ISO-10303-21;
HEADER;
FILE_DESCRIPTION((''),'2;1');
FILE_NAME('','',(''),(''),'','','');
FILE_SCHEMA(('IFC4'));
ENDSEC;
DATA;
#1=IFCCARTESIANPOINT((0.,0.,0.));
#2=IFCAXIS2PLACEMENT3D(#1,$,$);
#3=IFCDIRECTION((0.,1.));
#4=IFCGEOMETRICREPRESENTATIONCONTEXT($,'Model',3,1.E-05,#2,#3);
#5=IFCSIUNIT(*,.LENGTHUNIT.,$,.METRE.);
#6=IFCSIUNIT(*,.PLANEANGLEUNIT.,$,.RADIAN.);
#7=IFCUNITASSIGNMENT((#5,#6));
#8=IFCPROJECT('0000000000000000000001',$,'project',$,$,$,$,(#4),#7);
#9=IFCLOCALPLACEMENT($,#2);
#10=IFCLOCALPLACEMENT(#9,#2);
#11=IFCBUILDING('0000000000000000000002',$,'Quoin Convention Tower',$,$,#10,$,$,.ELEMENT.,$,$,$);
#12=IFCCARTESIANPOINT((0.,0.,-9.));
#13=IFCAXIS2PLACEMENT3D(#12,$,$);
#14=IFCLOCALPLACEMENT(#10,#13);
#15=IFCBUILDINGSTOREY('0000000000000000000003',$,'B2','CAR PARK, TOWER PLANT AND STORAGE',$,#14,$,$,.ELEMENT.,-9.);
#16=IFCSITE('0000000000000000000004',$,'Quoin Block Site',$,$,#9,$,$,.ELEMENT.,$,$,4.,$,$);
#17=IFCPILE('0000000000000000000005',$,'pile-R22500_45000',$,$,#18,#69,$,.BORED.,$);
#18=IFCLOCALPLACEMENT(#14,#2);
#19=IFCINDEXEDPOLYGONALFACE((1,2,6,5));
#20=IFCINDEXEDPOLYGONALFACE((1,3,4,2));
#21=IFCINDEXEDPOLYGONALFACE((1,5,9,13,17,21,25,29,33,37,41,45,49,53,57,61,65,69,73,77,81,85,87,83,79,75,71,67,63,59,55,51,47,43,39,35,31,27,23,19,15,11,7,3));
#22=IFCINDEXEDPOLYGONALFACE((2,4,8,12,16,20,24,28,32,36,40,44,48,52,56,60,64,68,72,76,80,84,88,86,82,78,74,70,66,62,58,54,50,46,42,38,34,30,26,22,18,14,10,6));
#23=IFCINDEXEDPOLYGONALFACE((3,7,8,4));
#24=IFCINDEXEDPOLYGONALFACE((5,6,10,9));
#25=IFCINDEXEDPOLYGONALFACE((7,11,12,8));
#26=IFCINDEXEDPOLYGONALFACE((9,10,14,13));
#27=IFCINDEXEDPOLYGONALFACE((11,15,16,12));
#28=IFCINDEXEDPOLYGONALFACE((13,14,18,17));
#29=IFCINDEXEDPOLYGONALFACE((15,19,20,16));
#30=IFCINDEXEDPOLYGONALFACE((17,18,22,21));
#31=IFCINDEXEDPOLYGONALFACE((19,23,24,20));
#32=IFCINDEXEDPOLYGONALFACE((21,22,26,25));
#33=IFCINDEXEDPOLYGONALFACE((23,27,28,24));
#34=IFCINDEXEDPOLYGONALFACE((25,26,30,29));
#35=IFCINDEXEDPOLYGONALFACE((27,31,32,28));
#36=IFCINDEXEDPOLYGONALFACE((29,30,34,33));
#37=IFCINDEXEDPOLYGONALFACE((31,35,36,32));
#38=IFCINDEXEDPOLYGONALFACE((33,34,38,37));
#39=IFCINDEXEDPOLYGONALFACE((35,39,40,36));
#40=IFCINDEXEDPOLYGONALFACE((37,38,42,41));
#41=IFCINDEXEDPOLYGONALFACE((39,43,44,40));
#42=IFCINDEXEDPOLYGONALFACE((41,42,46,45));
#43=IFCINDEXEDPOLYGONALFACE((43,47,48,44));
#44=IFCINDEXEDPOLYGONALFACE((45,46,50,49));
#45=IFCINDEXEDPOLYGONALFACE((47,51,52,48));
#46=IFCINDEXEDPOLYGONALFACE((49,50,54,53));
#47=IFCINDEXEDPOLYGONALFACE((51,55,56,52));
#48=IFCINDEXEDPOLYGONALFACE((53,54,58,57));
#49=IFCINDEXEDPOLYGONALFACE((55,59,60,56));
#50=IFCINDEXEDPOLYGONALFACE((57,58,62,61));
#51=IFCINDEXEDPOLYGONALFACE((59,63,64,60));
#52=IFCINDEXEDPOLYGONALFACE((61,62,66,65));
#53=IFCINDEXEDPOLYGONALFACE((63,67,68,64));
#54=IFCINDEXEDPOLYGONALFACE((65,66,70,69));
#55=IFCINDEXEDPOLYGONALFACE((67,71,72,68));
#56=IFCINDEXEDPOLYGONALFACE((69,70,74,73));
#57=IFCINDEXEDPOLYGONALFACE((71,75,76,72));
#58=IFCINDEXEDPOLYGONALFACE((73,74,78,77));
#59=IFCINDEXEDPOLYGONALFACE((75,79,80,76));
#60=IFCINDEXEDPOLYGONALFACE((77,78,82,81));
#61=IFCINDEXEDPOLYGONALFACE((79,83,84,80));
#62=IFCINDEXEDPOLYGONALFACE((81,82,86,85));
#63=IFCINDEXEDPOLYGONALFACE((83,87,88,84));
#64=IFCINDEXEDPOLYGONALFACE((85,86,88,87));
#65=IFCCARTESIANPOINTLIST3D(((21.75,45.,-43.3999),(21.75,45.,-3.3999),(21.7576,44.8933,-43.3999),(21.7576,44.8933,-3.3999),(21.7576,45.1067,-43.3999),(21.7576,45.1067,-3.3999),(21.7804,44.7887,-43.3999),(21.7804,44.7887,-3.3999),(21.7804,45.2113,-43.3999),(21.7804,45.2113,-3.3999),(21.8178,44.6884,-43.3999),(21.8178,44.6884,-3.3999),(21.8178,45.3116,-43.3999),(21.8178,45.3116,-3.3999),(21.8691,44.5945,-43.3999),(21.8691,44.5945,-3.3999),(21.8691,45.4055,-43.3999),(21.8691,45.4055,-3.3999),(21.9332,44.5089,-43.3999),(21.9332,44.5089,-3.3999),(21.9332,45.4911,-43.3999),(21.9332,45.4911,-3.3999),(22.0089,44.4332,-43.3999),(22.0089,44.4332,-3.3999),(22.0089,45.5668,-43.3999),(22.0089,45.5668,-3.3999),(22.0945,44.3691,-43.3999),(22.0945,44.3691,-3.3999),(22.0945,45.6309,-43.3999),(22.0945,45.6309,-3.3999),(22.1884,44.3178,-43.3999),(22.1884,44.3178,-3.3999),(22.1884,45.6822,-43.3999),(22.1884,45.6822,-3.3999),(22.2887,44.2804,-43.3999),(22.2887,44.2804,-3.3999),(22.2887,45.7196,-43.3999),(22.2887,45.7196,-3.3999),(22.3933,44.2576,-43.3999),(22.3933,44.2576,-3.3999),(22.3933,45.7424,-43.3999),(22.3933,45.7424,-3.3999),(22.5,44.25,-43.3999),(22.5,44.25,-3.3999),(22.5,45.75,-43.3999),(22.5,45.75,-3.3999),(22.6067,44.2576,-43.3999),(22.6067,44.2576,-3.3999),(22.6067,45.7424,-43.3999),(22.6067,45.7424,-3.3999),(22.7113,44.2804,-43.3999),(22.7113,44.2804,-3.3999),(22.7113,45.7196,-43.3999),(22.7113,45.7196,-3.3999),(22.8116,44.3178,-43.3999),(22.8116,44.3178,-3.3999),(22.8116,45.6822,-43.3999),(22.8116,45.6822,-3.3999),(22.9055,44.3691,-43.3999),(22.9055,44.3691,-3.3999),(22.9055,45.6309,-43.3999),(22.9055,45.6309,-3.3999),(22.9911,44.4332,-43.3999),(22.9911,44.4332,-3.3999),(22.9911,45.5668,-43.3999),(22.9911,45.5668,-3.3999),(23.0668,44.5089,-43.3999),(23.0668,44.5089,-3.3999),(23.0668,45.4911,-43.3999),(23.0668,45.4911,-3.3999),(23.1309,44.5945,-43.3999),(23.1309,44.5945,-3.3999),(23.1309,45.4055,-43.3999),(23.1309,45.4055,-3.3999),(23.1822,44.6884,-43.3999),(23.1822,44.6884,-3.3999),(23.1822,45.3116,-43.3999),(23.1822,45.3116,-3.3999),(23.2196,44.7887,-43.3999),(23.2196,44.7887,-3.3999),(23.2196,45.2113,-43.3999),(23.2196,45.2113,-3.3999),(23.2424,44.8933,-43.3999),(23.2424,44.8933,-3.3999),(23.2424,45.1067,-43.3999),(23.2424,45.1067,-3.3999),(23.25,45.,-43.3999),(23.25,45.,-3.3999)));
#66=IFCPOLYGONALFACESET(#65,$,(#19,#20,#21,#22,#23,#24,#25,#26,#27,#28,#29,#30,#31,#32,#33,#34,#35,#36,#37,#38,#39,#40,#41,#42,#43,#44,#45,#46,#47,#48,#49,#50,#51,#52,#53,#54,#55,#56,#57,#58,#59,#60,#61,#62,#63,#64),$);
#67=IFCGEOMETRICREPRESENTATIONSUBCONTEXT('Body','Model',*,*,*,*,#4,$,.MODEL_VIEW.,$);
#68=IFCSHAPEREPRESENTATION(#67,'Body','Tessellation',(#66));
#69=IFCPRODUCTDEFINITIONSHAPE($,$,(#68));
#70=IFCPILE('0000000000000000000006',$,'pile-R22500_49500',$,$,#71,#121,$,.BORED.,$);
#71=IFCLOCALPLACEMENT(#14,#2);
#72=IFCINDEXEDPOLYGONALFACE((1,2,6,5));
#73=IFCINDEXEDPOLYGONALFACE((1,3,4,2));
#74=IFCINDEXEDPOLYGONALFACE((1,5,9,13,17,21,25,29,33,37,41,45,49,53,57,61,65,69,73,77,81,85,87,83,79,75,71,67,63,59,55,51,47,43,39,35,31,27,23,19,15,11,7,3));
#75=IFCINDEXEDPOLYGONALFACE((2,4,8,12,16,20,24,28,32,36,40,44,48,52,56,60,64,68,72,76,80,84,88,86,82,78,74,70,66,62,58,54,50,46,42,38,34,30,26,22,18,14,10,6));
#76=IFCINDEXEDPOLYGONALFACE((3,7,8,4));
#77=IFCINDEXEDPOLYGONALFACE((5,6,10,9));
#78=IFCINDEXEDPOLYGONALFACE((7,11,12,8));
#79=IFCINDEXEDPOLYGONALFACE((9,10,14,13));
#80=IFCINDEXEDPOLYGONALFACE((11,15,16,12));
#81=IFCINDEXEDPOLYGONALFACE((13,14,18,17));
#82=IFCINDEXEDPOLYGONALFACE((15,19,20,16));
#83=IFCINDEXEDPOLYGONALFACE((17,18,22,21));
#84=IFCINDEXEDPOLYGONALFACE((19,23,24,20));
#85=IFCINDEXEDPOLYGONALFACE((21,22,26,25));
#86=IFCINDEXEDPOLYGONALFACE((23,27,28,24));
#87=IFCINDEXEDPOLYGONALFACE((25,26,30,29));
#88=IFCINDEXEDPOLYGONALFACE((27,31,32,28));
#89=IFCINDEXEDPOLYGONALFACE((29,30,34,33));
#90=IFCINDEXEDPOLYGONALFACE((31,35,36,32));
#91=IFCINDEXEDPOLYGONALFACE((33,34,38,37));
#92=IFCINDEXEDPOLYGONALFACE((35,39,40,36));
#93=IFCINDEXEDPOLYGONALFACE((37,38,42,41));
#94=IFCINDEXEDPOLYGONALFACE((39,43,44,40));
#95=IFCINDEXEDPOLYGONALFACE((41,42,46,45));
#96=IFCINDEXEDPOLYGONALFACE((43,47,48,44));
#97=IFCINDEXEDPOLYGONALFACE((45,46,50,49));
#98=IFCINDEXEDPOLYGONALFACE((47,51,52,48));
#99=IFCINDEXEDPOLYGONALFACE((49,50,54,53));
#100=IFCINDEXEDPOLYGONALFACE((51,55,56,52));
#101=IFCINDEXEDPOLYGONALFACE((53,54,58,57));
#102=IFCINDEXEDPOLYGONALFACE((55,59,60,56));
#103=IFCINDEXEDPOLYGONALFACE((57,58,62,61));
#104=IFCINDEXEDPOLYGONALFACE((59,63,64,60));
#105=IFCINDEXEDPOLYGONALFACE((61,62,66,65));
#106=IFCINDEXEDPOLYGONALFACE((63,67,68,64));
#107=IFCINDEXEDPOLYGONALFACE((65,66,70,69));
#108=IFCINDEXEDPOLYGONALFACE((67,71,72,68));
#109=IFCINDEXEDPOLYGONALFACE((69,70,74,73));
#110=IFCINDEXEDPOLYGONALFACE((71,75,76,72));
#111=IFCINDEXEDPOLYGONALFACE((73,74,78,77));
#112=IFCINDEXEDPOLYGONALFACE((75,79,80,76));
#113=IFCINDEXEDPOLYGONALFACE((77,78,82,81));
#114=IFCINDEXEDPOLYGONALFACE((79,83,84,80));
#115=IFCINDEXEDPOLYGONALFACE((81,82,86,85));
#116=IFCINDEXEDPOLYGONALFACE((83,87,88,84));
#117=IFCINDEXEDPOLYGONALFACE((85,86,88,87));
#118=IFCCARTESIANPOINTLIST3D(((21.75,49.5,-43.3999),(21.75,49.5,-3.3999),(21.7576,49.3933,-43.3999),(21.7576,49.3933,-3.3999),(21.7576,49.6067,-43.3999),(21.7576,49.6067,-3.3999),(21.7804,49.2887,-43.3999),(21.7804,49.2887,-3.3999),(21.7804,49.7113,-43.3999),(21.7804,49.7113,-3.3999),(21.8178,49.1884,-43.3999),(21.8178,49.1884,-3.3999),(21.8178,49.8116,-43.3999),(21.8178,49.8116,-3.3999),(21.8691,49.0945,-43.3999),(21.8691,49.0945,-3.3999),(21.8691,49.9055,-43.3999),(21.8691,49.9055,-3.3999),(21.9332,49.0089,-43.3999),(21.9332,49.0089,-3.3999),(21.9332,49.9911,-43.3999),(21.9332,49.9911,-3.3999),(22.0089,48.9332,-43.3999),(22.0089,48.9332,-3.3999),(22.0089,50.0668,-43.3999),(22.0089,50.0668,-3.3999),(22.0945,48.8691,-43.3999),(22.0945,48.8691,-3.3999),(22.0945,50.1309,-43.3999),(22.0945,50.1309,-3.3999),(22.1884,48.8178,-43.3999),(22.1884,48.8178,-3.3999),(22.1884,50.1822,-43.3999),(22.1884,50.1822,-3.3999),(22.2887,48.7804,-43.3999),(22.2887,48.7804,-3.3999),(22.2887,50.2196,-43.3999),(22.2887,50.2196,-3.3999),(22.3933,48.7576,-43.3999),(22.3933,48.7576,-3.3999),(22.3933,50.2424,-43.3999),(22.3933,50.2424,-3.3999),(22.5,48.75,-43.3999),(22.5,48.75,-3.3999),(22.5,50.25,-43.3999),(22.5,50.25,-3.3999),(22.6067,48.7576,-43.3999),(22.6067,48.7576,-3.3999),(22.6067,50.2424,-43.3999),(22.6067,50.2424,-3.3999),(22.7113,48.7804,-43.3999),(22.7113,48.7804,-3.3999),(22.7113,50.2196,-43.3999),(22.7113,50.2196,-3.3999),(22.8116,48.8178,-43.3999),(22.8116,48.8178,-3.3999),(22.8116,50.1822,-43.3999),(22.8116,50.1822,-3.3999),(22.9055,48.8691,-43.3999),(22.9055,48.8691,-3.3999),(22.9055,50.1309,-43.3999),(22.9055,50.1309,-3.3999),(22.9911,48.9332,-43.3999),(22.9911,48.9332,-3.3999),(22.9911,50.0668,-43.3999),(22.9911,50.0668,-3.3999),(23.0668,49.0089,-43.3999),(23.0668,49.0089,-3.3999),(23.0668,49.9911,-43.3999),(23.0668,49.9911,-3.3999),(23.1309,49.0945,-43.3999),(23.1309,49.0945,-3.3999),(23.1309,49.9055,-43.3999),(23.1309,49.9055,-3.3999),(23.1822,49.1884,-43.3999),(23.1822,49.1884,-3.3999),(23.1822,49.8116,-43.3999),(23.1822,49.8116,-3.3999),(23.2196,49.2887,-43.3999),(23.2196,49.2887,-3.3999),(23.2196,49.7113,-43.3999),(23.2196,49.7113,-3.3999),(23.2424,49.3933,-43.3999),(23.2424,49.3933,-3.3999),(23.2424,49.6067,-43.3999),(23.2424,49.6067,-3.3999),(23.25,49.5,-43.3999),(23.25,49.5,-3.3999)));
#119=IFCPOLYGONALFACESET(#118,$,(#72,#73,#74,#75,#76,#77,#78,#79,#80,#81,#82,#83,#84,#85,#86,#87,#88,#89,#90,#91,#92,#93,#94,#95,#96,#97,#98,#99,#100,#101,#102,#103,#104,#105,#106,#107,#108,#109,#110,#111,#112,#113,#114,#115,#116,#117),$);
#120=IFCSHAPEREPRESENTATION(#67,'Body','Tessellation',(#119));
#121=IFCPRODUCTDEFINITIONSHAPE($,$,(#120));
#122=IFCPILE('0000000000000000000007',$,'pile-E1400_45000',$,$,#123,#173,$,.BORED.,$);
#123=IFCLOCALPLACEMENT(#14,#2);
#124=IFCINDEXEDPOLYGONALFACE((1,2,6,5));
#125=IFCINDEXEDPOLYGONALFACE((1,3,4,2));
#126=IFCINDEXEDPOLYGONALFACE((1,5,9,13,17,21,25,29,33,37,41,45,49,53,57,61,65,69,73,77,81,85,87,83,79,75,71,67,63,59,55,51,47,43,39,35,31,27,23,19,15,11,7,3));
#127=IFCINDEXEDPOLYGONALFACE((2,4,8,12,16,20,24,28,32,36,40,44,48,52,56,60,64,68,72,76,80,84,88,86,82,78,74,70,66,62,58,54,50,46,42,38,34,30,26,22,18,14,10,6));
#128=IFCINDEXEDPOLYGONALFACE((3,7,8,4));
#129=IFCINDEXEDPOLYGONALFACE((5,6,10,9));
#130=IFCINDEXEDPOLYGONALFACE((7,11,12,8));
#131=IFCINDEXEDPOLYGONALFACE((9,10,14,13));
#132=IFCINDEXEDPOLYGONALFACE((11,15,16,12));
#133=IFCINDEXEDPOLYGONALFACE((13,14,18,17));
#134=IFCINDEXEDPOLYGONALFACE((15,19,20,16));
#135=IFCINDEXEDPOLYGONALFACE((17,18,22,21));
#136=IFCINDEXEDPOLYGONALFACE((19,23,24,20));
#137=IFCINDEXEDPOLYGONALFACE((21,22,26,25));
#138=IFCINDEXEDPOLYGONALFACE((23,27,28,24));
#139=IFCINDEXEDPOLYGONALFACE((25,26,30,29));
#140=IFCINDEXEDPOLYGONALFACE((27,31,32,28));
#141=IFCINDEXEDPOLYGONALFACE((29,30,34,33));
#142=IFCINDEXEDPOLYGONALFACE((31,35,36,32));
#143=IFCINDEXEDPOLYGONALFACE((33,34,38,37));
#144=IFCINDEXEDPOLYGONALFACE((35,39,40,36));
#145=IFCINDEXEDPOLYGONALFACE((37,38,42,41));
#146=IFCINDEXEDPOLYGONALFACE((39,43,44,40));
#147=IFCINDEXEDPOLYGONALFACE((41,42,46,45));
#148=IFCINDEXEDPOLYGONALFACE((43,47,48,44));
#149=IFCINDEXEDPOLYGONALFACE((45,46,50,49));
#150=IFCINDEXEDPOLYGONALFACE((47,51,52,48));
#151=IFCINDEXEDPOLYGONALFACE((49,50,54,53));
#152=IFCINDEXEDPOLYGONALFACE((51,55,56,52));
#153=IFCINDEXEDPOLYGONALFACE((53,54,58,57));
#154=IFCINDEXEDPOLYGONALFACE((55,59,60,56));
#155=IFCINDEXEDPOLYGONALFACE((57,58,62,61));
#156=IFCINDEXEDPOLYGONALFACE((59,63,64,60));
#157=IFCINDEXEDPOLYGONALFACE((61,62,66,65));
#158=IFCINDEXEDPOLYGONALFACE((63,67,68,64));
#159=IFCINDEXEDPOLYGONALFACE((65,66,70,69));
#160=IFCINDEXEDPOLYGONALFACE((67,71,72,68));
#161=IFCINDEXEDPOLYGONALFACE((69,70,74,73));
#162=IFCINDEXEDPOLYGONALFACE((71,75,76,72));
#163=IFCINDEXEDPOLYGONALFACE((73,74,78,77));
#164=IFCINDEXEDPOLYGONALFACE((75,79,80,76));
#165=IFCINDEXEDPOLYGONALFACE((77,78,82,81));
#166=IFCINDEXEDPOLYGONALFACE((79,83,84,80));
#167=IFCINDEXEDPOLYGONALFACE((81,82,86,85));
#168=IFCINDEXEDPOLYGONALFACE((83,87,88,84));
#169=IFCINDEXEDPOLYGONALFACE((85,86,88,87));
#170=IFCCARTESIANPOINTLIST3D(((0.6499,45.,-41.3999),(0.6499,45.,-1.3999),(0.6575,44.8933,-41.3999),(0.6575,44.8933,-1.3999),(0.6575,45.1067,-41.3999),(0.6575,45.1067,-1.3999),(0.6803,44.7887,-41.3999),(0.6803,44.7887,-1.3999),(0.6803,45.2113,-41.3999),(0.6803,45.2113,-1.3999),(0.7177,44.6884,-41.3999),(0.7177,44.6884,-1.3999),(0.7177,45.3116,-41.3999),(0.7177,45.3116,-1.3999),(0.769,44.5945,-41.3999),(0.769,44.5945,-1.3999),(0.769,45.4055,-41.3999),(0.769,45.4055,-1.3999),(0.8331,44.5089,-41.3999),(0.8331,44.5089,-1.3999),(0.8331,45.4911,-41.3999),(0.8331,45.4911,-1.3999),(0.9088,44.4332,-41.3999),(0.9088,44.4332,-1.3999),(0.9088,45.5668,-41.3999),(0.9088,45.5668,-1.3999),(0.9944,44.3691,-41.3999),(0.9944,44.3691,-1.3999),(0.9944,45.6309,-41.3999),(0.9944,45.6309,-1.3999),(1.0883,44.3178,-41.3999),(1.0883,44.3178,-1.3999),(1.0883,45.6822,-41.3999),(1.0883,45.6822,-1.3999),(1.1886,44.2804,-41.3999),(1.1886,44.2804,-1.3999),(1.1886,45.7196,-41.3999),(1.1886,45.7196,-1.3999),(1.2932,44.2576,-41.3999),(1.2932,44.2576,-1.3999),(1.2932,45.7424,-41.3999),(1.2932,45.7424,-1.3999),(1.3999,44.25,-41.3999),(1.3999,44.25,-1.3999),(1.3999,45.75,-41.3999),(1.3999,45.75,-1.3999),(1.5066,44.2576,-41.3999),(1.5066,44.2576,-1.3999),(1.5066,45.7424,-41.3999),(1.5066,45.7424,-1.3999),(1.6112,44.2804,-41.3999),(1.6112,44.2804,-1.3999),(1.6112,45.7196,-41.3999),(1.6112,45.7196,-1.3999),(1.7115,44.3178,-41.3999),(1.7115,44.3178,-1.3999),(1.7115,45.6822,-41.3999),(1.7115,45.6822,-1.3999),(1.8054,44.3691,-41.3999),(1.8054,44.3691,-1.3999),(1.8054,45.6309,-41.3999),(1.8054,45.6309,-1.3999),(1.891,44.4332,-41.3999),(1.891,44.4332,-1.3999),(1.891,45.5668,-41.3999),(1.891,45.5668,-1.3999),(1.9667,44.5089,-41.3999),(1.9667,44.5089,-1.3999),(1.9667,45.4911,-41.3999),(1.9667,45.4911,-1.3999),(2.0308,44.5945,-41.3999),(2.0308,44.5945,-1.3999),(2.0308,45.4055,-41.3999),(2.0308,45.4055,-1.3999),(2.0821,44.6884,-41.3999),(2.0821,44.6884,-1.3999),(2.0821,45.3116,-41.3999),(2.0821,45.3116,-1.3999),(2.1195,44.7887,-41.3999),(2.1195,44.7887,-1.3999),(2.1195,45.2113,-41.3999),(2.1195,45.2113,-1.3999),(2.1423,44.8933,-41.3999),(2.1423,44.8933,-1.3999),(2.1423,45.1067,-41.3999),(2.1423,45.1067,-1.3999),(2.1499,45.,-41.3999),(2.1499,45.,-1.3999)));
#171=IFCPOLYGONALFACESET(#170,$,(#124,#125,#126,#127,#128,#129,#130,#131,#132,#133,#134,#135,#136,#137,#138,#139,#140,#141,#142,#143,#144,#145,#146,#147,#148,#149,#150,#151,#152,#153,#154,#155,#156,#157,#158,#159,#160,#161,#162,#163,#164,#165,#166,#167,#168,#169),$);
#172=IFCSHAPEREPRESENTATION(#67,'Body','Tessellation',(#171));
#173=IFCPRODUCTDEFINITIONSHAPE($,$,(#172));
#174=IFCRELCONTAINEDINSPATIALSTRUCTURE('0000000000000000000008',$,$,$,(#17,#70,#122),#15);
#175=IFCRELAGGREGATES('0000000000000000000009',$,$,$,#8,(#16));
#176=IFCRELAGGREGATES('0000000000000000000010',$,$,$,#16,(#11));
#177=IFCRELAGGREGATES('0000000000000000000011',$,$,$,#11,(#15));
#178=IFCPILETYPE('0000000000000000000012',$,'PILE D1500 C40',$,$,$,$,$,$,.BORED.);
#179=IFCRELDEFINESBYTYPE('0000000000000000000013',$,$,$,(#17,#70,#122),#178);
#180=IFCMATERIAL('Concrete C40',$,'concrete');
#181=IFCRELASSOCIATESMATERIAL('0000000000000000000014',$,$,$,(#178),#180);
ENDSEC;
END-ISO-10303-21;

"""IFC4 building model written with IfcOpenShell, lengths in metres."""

from ifc_helpers import new_model, si_unit, direction, frame, origin, origin_2d, place, context, subcontext, project, spatial, circle, extrude, material, material_profile, profile_set, type_object, element, save


model = new_model("IFC4")

# Units and contexts
model_context = context("Model", 3, precision=1e-05, world=origin(), true_north=direction((0.0, 1.0)))
body_context = subcontext(model_context, "Body", "Model", "MODEL_VIEW")
ifc_project = project(units=[si_unit("LENGTHUNIT", "METRE"), si_unit("PLANEANGLEUNIT", "RADIAN")], contexts=[model_context])

# Site, building, storey
site_placement = place(None, origin())
site = spatial("IfcSite", under=ifc_project, at=site_placement, Name="Quoin Block Site", CompositionType="ELEMENT", RefElevation=4.0)
building_placement = place(site_placement, origin())
building = spatial("IfcBuilding", under=site, at=building_placement, Name="Quoin Convention Tower", CompositionType="ELEMENT")
storey_placement = place(building_placement, frame((0.0, 0.0, -9.0)))
storey = spatial("IfcBuildingStorey", under=building, at=storey_placement, Name="B2", Description="CAR PARK, TOWER PLANT AND STORAGE", CompositionType="ELEMENT", Elevation=-9.0)

# Piles
ifc_material_1 = material(Name="Concrete C40", Category="concrete")
ifc_material_profile_1 = material_profile(ifc_material_1, circle(Radius=0.75, at=origin_2d()), Name="D1500")
ifc_profile_set_1 = profile_set([ifc_material_profile_1], Name="Concrete C40")
pile_type = type_object("IfcPileType", Name="PILE D1500 C40", PredefinedType="BORED", material=ifc_profile_set_1)
for number, where, z_axis, x_axis, name in (
    (1, (22.5, 45.0, -3.3999), (0.0, 0.0, -1.0), (1.0, 0.0, 0.0), "pile-R22500_45000"),
    (2, (22.5, 49.5, -3.3999), (0.0, 0.0, -1.0), (1.0, 0.0, 0.0), "pile-R22500_49500"),
    (3, (1.3999, 45.0, -1.3999), (0.0, 0.0, -1.0), (1.0, 0.0, 0.0), "pile-E1400_45000"),
):
    element("IfcPile", number, at=place(storey_placement, frame(where, z_axis=z_axis, x_axis=x_axis)), inside=storey, type_object=pile_type, Name=name, PredefinedType="BORED", context=body_context, shape_type="SweptSolid", body=[
        extrude(circle(Radius=0.75, at=origin_2d()), origin(), (0.0, 0.0, 1.0), 40.0),
    ])

save(model, "model.ifc")
